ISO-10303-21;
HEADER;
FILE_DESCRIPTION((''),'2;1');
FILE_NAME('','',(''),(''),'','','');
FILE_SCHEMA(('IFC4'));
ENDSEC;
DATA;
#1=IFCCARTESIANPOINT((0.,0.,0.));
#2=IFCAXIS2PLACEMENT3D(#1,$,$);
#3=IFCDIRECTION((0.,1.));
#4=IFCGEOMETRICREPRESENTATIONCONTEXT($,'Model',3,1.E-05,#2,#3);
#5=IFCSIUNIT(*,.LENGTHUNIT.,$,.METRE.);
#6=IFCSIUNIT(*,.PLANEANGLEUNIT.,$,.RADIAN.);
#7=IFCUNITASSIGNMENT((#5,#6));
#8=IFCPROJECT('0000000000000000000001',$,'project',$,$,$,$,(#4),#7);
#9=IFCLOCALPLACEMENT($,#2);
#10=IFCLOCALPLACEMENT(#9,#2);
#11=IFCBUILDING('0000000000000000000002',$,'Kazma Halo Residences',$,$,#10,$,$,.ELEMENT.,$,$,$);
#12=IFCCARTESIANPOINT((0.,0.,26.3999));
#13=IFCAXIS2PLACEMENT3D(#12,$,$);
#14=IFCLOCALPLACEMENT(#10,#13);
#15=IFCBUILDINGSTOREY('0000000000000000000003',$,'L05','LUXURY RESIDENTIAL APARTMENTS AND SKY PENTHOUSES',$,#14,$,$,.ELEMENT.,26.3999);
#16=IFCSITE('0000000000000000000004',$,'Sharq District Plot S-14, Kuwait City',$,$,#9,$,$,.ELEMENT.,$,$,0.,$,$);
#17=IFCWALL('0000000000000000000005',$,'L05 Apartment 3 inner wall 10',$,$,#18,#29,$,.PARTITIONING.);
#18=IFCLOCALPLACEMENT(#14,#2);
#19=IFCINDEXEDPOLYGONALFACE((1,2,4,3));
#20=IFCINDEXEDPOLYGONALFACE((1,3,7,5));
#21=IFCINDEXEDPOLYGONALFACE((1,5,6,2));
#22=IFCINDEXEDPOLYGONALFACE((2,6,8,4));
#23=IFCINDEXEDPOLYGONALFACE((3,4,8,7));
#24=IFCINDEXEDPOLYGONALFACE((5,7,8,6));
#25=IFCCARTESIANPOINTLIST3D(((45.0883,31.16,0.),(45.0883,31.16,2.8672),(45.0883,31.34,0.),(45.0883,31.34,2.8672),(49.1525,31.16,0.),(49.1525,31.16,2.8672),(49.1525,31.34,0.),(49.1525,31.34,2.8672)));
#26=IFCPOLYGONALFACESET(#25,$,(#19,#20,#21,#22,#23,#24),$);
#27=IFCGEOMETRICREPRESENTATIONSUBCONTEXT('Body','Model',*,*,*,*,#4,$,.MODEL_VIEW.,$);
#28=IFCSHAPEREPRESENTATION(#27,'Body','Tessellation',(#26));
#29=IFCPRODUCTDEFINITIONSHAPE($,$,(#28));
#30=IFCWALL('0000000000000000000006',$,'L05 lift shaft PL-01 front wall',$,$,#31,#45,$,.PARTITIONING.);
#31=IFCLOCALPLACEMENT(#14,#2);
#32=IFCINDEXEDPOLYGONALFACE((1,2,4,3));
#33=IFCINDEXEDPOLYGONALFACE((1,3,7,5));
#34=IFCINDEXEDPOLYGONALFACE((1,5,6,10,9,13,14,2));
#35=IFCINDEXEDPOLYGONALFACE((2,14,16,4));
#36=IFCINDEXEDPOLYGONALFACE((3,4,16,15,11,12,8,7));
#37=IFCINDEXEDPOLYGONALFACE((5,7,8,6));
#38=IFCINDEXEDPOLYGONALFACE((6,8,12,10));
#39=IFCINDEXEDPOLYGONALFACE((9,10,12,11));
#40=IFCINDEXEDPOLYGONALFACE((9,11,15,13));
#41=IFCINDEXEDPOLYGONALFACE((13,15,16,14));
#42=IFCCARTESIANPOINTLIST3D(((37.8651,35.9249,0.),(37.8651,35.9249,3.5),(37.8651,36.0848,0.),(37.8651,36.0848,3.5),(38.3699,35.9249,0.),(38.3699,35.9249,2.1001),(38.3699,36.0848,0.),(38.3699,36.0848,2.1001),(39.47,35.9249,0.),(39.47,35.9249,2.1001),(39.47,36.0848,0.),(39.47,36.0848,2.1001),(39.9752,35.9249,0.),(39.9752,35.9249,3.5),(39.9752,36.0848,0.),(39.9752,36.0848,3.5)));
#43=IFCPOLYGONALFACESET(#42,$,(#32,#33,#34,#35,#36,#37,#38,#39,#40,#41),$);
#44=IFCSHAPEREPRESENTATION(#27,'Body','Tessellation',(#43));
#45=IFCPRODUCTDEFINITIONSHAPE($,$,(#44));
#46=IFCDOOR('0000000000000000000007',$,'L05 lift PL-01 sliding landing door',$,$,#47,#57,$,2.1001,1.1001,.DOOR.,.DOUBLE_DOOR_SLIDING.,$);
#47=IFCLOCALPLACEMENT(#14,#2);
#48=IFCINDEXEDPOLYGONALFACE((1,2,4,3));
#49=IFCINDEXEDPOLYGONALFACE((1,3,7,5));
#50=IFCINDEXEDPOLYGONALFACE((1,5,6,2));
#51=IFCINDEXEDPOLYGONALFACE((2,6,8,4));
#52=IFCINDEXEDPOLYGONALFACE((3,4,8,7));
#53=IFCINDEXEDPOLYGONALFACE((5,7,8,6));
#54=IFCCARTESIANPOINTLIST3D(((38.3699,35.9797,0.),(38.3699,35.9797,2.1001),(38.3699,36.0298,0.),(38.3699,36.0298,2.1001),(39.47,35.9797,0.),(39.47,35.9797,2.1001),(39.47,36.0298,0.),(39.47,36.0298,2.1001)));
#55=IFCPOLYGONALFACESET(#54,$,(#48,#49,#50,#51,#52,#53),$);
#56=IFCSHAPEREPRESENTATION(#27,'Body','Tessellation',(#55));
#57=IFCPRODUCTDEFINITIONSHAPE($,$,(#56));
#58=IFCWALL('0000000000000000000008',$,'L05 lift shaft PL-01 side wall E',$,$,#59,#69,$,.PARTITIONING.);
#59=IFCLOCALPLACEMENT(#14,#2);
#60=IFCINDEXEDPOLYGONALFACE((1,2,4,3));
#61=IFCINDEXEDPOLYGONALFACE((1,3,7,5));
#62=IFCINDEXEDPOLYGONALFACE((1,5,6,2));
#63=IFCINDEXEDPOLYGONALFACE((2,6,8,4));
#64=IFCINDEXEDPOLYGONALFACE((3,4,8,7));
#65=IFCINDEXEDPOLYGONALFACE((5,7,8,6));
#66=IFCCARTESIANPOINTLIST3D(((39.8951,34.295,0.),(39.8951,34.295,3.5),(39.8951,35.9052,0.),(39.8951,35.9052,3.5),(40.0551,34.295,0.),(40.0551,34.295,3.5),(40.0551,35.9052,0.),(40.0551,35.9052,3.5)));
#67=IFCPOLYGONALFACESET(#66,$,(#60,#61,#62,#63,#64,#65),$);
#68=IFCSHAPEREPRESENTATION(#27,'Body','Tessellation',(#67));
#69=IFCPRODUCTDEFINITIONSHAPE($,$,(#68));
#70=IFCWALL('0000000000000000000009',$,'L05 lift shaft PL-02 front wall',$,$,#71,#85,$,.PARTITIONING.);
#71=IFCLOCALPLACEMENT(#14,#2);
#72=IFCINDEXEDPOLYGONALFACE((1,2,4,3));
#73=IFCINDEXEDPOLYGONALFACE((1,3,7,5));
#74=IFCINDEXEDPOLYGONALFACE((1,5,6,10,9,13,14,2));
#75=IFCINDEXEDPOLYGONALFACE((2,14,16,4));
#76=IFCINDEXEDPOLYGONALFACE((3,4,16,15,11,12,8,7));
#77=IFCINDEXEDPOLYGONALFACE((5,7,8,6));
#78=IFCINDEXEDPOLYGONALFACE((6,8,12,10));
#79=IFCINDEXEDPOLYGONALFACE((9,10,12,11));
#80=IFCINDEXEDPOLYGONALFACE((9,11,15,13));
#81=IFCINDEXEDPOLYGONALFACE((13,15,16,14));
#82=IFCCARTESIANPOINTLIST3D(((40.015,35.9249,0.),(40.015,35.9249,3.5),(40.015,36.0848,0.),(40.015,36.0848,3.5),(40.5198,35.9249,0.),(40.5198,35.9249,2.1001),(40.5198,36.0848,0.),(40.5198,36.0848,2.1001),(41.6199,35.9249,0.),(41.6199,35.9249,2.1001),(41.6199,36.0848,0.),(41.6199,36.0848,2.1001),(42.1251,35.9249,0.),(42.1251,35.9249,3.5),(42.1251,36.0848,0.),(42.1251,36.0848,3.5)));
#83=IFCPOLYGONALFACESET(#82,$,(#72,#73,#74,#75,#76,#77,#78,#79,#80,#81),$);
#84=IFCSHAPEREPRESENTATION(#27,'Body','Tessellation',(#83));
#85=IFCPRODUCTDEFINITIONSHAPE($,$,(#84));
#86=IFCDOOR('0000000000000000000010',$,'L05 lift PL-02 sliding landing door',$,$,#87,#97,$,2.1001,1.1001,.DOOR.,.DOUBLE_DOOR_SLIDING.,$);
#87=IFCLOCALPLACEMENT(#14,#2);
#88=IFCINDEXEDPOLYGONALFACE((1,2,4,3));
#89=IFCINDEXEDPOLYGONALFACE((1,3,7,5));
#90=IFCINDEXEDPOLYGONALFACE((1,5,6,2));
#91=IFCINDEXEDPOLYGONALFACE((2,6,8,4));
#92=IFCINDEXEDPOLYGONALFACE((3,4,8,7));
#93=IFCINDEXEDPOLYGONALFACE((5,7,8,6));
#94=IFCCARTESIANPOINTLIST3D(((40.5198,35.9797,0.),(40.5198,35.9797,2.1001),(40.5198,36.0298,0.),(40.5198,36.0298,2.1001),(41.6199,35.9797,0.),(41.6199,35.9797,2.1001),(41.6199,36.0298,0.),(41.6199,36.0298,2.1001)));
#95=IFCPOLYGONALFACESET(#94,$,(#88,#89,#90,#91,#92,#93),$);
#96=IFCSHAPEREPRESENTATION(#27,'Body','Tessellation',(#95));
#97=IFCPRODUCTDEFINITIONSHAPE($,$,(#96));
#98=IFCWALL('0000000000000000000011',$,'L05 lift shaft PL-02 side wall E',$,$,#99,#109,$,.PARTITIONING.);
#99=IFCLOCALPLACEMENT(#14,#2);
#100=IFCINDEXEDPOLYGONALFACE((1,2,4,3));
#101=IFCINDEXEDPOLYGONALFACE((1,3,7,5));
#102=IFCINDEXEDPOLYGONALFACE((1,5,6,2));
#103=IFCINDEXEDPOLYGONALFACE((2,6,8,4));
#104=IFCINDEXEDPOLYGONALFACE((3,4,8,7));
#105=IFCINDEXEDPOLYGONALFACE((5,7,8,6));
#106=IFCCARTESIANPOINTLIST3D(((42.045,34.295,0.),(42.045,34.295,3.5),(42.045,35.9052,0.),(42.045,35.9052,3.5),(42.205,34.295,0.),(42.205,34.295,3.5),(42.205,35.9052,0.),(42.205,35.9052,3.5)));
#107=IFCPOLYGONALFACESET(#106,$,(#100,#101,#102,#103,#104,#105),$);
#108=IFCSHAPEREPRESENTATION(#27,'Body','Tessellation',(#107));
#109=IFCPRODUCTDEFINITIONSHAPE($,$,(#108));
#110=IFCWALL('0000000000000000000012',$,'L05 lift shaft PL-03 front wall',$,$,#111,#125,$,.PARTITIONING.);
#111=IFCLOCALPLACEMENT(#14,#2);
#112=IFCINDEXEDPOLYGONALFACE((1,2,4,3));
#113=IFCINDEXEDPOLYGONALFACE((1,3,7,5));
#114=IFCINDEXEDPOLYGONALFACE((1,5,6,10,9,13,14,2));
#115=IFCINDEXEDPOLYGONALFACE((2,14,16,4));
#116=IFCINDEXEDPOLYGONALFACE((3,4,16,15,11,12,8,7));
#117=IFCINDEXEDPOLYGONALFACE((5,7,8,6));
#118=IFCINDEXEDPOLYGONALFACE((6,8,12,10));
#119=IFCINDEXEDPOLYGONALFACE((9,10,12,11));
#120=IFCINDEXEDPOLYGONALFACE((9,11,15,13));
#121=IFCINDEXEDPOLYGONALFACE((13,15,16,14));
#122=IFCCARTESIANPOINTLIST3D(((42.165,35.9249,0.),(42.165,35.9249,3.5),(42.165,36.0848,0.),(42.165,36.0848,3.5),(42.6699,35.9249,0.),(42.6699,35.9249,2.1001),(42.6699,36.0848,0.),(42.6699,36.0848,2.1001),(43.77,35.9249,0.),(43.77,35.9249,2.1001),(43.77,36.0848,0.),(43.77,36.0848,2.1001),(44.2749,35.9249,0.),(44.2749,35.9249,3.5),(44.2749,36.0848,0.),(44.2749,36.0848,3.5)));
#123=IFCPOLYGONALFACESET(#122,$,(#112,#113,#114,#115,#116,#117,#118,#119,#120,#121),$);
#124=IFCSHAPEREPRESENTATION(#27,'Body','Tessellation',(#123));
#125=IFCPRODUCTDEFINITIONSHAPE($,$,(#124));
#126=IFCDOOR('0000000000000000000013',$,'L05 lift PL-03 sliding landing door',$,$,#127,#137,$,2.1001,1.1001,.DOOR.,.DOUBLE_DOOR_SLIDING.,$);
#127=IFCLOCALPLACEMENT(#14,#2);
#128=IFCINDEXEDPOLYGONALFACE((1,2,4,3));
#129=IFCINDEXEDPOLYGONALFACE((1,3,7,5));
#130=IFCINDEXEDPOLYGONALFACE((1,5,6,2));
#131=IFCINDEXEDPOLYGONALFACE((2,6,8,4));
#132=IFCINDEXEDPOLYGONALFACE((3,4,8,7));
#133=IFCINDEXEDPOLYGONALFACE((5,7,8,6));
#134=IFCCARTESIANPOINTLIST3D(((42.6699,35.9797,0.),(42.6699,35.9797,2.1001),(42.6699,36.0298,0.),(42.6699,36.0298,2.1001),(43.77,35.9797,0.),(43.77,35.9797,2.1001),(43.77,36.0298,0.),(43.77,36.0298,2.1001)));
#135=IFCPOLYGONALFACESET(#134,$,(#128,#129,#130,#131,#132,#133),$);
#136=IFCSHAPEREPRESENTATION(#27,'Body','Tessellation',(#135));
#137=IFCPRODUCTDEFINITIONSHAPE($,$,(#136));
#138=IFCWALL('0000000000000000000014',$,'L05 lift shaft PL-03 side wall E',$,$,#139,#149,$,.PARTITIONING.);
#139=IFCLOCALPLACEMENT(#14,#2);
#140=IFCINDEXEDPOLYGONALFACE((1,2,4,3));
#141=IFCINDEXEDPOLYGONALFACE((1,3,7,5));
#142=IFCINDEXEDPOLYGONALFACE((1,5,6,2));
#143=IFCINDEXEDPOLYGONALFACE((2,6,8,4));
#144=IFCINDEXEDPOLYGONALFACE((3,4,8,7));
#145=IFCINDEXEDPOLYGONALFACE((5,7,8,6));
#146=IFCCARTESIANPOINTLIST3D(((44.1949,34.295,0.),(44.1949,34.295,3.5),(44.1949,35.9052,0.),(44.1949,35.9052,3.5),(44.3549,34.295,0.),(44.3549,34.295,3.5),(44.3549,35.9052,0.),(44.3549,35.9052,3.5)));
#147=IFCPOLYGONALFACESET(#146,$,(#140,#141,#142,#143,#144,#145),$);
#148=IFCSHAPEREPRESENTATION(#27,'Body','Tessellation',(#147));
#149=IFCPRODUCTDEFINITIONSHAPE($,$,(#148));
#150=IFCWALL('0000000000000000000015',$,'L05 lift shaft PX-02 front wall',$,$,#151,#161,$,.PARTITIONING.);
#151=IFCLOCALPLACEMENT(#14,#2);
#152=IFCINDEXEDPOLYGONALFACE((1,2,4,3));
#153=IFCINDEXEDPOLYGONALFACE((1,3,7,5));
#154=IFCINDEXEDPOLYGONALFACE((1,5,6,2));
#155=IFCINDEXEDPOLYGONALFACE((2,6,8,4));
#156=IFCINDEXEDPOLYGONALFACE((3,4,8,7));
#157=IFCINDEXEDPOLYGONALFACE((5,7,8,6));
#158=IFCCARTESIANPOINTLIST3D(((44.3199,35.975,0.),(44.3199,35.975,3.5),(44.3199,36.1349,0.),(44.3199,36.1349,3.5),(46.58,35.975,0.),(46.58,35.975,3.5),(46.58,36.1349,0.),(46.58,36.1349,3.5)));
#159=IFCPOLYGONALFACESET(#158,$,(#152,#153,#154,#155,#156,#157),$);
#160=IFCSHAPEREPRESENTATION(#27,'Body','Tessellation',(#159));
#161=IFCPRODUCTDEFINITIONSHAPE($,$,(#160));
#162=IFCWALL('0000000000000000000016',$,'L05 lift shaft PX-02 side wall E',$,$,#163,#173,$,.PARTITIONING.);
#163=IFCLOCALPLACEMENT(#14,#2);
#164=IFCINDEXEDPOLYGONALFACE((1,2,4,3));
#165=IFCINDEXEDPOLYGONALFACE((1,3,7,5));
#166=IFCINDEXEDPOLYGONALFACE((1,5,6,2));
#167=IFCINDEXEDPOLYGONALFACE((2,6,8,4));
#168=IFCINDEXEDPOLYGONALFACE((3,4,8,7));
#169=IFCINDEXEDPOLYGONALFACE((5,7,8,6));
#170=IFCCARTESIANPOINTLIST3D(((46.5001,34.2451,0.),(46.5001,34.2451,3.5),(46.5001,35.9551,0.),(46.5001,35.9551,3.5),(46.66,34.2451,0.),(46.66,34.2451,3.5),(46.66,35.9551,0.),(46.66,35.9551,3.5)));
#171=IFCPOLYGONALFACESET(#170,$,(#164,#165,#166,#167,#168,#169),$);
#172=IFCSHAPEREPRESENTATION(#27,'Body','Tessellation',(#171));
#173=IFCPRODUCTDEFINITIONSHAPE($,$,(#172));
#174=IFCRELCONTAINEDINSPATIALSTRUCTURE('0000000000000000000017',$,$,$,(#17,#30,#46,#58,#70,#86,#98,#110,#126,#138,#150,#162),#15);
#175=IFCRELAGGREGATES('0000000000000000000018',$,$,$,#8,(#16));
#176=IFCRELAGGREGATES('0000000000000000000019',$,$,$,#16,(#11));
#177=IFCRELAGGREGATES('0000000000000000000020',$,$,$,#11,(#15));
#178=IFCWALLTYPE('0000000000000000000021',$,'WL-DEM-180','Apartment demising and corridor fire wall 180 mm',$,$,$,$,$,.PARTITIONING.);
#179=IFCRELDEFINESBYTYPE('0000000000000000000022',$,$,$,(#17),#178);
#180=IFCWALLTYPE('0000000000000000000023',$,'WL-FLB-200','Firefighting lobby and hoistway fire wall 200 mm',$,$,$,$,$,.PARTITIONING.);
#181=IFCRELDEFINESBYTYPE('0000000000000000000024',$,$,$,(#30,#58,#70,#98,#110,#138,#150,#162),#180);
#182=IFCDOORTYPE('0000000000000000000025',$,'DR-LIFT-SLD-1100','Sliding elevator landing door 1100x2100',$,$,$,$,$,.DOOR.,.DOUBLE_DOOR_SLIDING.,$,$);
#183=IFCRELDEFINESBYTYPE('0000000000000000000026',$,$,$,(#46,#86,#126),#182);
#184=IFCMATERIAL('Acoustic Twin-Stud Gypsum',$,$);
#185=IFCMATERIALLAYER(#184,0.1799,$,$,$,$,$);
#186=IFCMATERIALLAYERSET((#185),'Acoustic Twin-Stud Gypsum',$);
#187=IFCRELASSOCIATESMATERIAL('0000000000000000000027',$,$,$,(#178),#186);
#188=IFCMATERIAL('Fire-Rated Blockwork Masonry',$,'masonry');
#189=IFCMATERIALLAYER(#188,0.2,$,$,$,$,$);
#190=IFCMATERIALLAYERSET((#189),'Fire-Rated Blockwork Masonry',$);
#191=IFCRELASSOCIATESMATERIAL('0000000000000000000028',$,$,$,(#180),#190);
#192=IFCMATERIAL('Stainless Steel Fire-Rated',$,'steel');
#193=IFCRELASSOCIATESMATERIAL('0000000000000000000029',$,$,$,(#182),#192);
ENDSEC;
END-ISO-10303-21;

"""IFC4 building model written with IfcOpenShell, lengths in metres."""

from ifc_helpers import new_model, si_unit, direction, frame, frame_2d, origin, place, context, subcontext, project, spatial, rectangle, extrude, material, layer, layer_set, type_object, element, fill, save


model = new_model("IFC4")

# Units and contexts
model_context = context("Model", 3, precision=1e-05, world=origin(), true_north=direction((0.0, 1.0)))
body_context = subcontext(model_context, "Body", "Model", "MODEL_VIEW")
ifc_project = project(units=[si_unit("LENGTHUNIT", "METRE"), si_unit("PLANEANGLEUNIT", "RADIAN")], contexts=[model_context])

# Site, building, storey
site_placement = place(None, origin())
site = spatial("IfcSite", under=ifc_project, at=site_placement, Name="Sharq District Plot S-14, Kuwait City", CompositionType="ELEMENT", RefElevation=0.0)
building_placement = place(site_placement, origin())
building = spatial("IfcBuilding", under=site, at=building_placement, Name="Kazma Halo Residences", CompositionType="ELEMENT")
storey_placement = place(building_placement, frame((0.0, 0.0, 26.3999)))
storey = spatial("IfcBuildingStorey", under=building, at=storey_placement, Name="L05", Description="LUXURY RESIDENTIAL APARTMENTS AND SKY PENTHOUSES", CompositionType="ELEMENT", Elevation=26.3999)

# Wall
ifc_material_1 = material(Name="Acoustic Twin-Stud Gypsum")
ifc_layer_1 = layer(ifc_material_1, 0.1799)
ifc_layer_set_1 = layer_set([ifc_layer_1], Name="Acoustic Twin-Stud Gypsum")
wall_type_1 = type_object("IfcWallType", Name="WL-DEM-180", Description="Apartment demising and corridor fire wall 180 mm", PredefinedType="PARTITIONING", material=ifc_layer_set_1)
wall_1_placement = place(storey_placement, frame((45.0881, 31.25, 0.0), z_axis=(0.0, 0.0, 1.0), x_axis=(1.0, 0.0, 0.0)))
element("IfcWall", 1, at=wall_1_placement, inside=storey, type_object=wall_type_1, Name="L05 Apartment 3 inner wall 10", PredefinedType="PARTITIONING", context=body_context, shape_type="SweptSolid", body=[
    extrude(rectangle(XDim=4.0642, YDim=0.1799, at=frame_2d((2.0322, 0.0))), origin(), (0.0, 0.0, 1.0), 2.8672),
])

# Wall, opening, door
ifc_material_2 = material(Name="Fire-Rated Blockwork Masonry", Category="masonry")
ifc_layer_2 = layer(ifc_material_2, 0.2)
ifc_layer_set_2 = layer_set([ifc_layer_2], Name="Fire-Rated Blockwork Masonry")
wall_type_2 = type_object("IfcWallType", Name="WL-FLB-200", Description="Firefighting lobby and hoistway fire wall 200 mm", PredefinedType="PARTITIONING", material=ifc_layer_set_2)
wall_2_placement = place(storey_placement, frame((37.865, 36.0049, 0.0), z_axis=(0.0, 0.0, 1.0), x_axis=(1.0, 0.0, 0.0)))
wall_2 = element("IfcWall", 2, at=wall_2_placement, inside=storey, type_object=wall_type_2, Name="L05 lift shaft PL-01 front wall", PredefinedType="PARTITIONING", context=body_context, shape_type="SweptSolid", body=[
    extrude(rectangle(XDim=2.1101, YDim=0.1599, at=frame_2d((1.0552, 0.0))), origin(), (0.0, 0.0, 1.0), 3.5),
])
opening_1_placement = place(wall_2_placement, frame((0.5049, 0.0, 0.0)))
opening_1 = element("IfcOpeningElement", 3, at=opening_1_placement, cuts=wall_2, PredefinedType="OPENING", context=body_context, shape_type="SweptSolid", body=[
    extrude(rectangle(XDim=1.1001, YDim=2.1001, at=frame_2d((0.55, 1.05))), frame((0.0, 0.0898, 0.0), z_axis=(0.0, -1.0, 0.0), x_axis=(1.0, 0.0, 0.0)), (0.0, 0.0, 1.0), 0.1799),
])
ifc_material_3 = material(Name="Stainless Steel Fire-Rated", Category="steel")
door_type_1 = type_object("IfcDoorType", Name="DR-LIFT-SLD-1100", Description="Sliding elevator landing door 1100x2100", OperationType="DOUBLE_DOOR_SLIDING", PredefinedType="DOOR", material=ifc_material_3)
door_1_placement = place(opening_1_placement, origin())
door_1 = element("IfcDoor", 4, at=door_1_placement, inside=storey, type_object=door_type_1, Name="L05 lift PL-01 sliding landing door", OperationType="DOUBLE_DOOR_SLIDING", OverallHeight=2.1001, OverallWidth=1.1001, PredefinedType="DOOR", context=body_context, shape_type="SweptSolid", body=[
    extrude(rectangle(XDim=1.1001, YDim=2.1001, at=frame_2d((0.55, 1.05))), frame((0.0, 0.0249, 0.0), z_axis=(0.0, -1.0, 0.0), x_axis=(1.0, 0.0, 0.0)), (0.0, 0.0, 1.0), 0.05),
])
fill(opening_1, door_1)

# Wall
wall_3_placement = place(storey_placement, frame((39.9751, 34.2949, 0.0), z_axis=(0.0, 0.0, 1.0), x_axis=(0.0, 1.0, 0.0)))
element("IfcWall", 5, at=wall_3_placement, inside=storey, type_object=wall_type_2, Name="L05 lift shaft PL-01 side wall E", PredefinedType="PARTITIONING", context=body_context, shape_type="SweptSolid", body=[
    extrude(rectangle(XDim=1.6101, YDim=0.1599, at=frame_2d((0.8052, 0.0))), origin(), (0.0, 0.0, 1.0), 3.5),
])

# Wall, opening, door
wall_4_placement = place(storey_placement, frame((40.0149, 36.0049, 0.0), z_axis=(0.0, 0.0, 1.0), x_axis=(1.0, 0.0, 0.0)))
wall_4 = element("IfcWall", 6, at=wall_4_placement, inside=storey, type_object=wall_type_2, Name="L05 lift shaft PL-02 front wall", PredefinedType="PARTITIONING", context=body_context, shape_type="SweptSolid", body=[
    extrude(rectangle(XDim=2.1101, YDim=0.1599, at=frame_2d((1.0552, 0.0))), origin(), (0.0, 0.0, 1.0), 3.5),
])
opening_2_placement = place(wall_4_placement, frame((0.5049, 0.0, 0.0)))
opening_2 = element("IfcOpeningElement", 7, at=opening_2_placement, cuts=wall_4, PredefinedType="OPENING", context=body_context, shape_type="SweptSolid", body=[
    extrude(rectangle(XDim=1.1001, YDim=2.1001, at=frame_2d((0.55, 1.05))), frame((0.0, 0.0898, 0.0), z_axis=(0.0, -1.0, 0.0), x_axis=(1.0, 0.0, 0.0)), (0.0, 0.0, 1.0), 0.1799),
])
door_2_placement = place(opening_2_placement, origin())
door_2 = element("IfcDoor", 8, at=door_2_placement, inside=storey, type_object=door_type_1, Name="L05 lift PL-02 sliding landing door", OperationType="DOUBLE_DOOR_SLIDING", OverallHeight=2.1001, OverallWidth=1.1001, PredefinedType="DOOR", context=body_context, shape_type="SweptSolid", body=[
    extrude(rectangle(XDim=1.1001, YDim=2.1001, at=frame_2d((0.55, 1.05))), frame((0.0, 0.0249, 0.0), z_axis=(0.0, -1.0, 0.0), x_axis=(1.0, 0.0, 0.0)), (0.0, 0.0, 1.0), 0.05),
])
fill(opening_2, door_2)

# Wall
wall_5_placement = place(storey_placement, frame((42.125, 34.2949, 0.0), z_axis=(0.0, 0.0, 1.0), x_axis=(0.0, 1.0, 0.0)))
element("IfcWall", 9, at=wall_5_placement, inside=storey, type_object=wall_type_2, Name="L05 lift shaft PL-02 side wall E", PredefinedType="PARTITIONING", context=body_context, shape_type="SweptSolid", body=[
    extrude(rectangle(XDim=1.6101, YDim=0.1599, at=frame_2d((0.8052, 0.0))), origin(), (0.0, 0.0, 1.0), 3.5),
])

# Wall, opening, door
wall_6_placement = place(storey_placement, frame((42.165, 36.0049, 0.0), z_axis=(0.0, 0.0, 1.0), x_axis=(1.0, 0.0, 0.0)))
wall_6 = element("IfcWall", 10, at=wall_6_placement, inside=storey, type_object=wall_type_2, Name="L05 lift shaft PL-03 front wall", PredefinedType="PARTITIONING", context=body_context, shape_type="SweptSolid", body=[
    extrude(rectangle(XDim=2.1099, YDim=0.1599, at=frame_2d((1.0549, 0.0))), origin(), (0.0, 0.0, 1.0), 3.5),
])
opening_3_placement = place(wall_6_placement, frame((0.5049, 0.0, 0.0)))
opening_3 = element("IfcOpeningElement", 11, at=opening_3_placement, cuts=wall_6, PredefinedType="OPENING", context=body_context, shape_type="SweptSolid", body=[
    extrude(rectangle(XDim=1.1001, YDim=2.1001, at=frame_2d((0.55, 1.05))), frame((0.0, 0.0898, 0.0), z_axis=(0.0, -1.0, 0.0), x_axis=(1.0, 0.0, 0.0)), (0.0, 0.0, 1.0), 0.1799),
])
door_3_placement = place(opening_3_placement, origin())
door_3 = element("IfcDoor", 12, at=door_3_placement, inside=storey, type_object=door_type_1, Name="L05 lift PL-03 sliding landing door", OperationType="DOUBLE_DOOR_SLIDING", OverallHeight=2.1001, OverallWidth=1.1001, PredefinedType="DOOR", context=body_context, shape_type="SweptSolid", body=[
    extrude(rectangle(XDim=1.1001, YDim=2.1001, at=frame_2d((0.55, 1.05))), frame((0.0, 0.0249, 0.0), z_axis=(0.0, -1.0, 0.0), x_axis=(1.0, 0.0, 0.0)), (0.0, 0.0, 1.0), 0.05),
])
fill(opening_3, door_3)

# Walls
wall_7_placement = place(storey_placement, frame((44.2749, 34.2949, 0.0), z_axis=(0.0, 0.0, 1.0), x_axis=(0.0, 1.0, 0.0)))
element("IfcWall", 13, at=wall_7_placement, inside=storey, type_object=wall_type_2, Name="L05 lift shaft PL-03 side wall E", PredefinedType="PARTITIONING", context=body_context, shape_type="SweptSolid", body=[
    extrude(rectangle(XDim=1.6101, YDim=0.1599, at=frame_2d((0.8052, 0.0))), origin(), (0.0, 0.0, 1.0), 3.5),
])
wall_8_placement = place(storey_placement, frame((44.3201, 36.0549, 0.0), z_axis=(0.0, 0.0, 1.0), x_axis=(1.0, 0.0, 0.0)))
element("IfcWall", 14, at=wall_8_placement, inside=storey, type_object=wall_type_2, Name="L05 lift shaft PX-02 front wall", PredefinedType="PARTITIONING", context=body_context, shape_type="SweptSolid", body=[
    extrude(rectangle(XDim=2.26, YDim=0.1599, at=frame_2d((1.1299, 0.0))), origin(), (0.0, 0.0, 1.0), 3.5),
])
wall_9_placement = place(storey_placement, frame((46.5801, 34.2451, 0.0), z_axis=(0.0, 0.0, 1.0), x_axis=(0.0, 1.0, 0.0)))
element("IfcWall", 15, at=wall_9_placement, inside=storey, type_object=wall_type_2, Name="L05 lift shaft PX-02 side wall E", PredefinedType="PARTITIONING", context=body_context, shape_type="SweptSolid", body=[
    extrude(rectangle(XDim=1.71, YDim=0.1599, at=frame_2d((0.855, 0.0))), origin(), (0.0, 0.0, 1.0), 3.5),
])

save(model, "model.ifc")
